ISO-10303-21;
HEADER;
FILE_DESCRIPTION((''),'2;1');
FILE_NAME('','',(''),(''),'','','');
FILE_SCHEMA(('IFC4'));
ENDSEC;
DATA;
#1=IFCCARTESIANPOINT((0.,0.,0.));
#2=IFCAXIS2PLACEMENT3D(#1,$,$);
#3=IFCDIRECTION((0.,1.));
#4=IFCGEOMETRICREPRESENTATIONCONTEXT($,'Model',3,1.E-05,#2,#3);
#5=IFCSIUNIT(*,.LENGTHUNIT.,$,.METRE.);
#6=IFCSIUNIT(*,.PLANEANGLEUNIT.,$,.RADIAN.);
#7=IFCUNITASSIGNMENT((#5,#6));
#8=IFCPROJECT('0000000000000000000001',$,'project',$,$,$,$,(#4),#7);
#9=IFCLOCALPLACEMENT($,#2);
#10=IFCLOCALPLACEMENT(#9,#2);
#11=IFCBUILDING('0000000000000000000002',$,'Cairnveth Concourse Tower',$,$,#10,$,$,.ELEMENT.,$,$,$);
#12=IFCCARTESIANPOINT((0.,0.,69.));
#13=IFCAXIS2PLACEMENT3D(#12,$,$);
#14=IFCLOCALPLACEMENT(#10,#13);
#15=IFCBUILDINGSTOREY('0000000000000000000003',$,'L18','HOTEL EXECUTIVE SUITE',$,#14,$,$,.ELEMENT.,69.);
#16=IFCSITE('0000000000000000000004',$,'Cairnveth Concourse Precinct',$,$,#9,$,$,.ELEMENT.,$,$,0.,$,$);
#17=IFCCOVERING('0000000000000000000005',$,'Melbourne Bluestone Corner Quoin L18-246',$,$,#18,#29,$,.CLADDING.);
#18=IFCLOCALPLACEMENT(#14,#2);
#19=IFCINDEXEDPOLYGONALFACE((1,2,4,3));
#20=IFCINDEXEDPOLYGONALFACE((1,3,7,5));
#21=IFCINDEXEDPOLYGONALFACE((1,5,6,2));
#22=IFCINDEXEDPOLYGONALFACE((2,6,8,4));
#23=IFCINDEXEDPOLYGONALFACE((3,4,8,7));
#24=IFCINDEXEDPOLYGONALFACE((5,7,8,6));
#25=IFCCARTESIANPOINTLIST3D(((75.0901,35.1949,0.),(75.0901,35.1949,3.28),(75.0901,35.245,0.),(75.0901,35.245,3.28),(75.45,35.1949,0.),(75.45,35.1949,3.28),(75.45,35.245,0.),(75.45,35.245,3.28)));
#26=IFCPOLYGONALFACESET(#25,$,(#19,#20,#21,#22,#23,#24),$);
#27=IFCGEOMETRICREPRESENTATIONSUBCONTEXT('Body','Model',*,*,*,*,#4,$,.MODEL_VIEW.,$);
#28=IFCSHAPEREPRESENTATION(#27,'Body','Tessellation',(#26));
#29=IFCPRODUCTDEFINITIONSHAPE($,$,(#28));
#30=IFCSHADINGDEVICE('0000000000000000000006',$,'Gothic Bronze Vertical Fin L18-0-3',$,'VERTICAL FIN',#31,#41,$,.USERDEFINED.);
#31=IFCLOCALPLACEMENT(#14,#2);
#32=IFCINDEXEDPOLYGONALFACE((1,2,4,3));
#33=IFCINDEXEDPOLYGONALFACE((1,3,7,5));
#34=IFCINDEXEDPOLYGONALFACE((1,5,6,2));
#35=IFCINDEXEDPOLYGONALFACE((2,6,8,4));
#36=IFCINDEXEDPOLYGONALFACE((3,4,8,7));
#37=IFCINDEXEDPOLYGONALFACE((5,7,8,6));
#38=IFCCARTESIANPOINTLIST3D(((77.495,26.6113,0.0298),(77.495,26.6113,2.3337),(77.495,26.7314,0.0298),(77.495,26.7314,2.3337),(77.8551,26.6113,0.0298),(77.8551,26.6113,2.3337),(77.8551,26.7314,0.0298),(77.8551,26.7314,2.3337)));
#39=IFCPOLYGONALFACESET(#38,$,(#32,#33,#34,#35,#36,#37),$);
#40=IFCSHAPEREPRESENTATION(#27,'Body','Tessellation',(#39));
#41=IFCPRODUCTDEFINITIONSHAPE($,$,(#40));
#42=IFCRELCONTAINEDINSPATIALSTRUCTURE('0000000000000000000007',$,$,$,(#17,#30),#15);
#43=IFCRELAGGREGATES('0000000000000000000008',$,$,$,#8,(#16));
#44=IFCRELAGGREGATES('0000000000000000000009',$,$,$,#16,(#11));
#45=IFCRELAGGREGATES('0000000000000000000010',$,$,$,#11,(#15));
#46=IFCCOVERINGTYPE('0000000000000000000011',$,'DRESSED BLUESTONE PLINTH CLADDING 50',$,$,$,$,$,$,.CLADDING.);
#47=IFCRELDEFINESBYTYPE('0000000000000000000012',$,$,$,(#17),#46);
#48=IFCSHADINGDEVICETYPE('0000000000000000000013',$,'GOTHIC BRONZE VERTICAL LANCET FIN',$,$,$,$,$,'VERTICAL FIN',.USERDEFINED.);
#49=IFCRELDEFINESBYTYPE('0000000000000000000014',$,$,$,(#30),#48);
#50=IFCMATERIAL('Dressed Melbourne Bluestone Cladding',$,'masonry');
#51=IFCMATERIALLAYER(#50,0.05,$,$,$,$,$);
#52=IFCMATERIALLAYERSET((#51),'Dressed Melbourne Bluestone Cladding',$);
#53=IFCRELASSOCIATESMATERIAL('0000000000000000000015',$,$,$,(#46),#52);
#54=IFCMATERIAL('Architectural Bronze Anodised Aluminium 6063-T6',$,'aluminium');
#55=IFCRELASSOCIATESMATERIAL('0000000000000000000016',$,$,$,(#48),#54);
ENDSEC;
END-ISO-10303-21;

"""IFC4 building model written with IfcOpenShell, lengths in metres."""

from ifc_helpers import new_model, si_unit, direction, frame, frame_2d, origin, origin_2d, place, context, subcontext, project, spatial, rectangle, extrude, material, layer, layer_set, type_object, element, save


model = new_model("IFC4")

# Units and contexts
model_context = context("Model", 3, precision=1e-05, world=origin(), true_north=direction((0.0, 1.0)))
body_context = subcontext(model_context, "Body", "Model", "MODEL_VIEW")
ifc_project = project(units=[si_unit("LENGTHUNIT", "METRE"), si_unit("PLANEANGLEUNIT", "RADIAN")], contexts=[model_context])

# Site, building, storey
site_placement = place(None, origin())
site = spatial("IfcSite", under=ifc_project, at=site_placement, Name="Cairnveth Concourse Precinct", CompositionType="ELEMENT", RefElevation=0.0)
building_placement = place(site_placement, origin())
building = spatial("IfcBuilding", under=site, at=building_placement, Name="Cairnveth Concourse Tower", CompositionType="ELEMENT")
storey_placement = place(building_placement, frame((0.0, 0.0, 69.0)))
storey = spatial("IfcBuildingStorey", under=building, at=storey_placement, Name="L18", Description="HOTEL EXECUTIVE SUITE", CompositionType="ELEMENT", Elevation=69.0)

# Shared definitions
ifc_material_1 = material(Name="Dressed Melbourne Bluestone Cladding", Category="masonry")

# Covering
ifc_layer_1 = layer(ifc_material_1, 0.05)
ifc_layer_set_1 = layer_set([ifc_layer_1], Name="Dressed Melbourne Bluestone Cladding")
covering_type = type_object("IfcCoveringType", Name="DRESSED BLUESTONE PLINTH CLADDING 50", PredefinedType="CLADDING", material=ifc_layer_set_1)
covering_placement = place(storey_placement, frame((75.0901, 35.22, 0.0), z_axis=(0.0, 0.0, 1.0), x_axis=(1.0, 0.0, 0.0)))
element("IfcCovering", 1, at=covering_placement, inside=storey, type_object=covering_type, Name="Melbourne Bluestone Corner Quoin L18-246", PredefinedType="CLADDING", context=body_context, shape_type="SweptSolid", body=[
    extrude(rectangle(XDim=0.3599, YDim=0.05, at=frame_2d((0.1799, 0.0))), origin(), (0.0, 0.0, 1.0), 3.28),
])

# Shading device
ifc_material_2 = material(Name="Architectural Bronze Anodised Aluminium 6063-T6", Category="aluminium")
shading_device_type = type_object("IfcShadingDeviceType", Name="GOTHIC BRONZE VERTICAL LANCET FIN", ElementType="VERTICAL FIN", PredefinedType="USERDEFINED", material=ifc_material_2)
shading_device_placement = place(storey_placement, frame((77.675, 26.6714, 0.0298), z_axis=(0.0, 0.0, 1.0), x_axis=(0.0, 1.0, 0.0)))
element("IfcShadingDevice", 2, at=shading_device_placement, inside=storey, type_object=shading_device_type, Name="Gothic Bronze Vertical Fin L18-0-3", ObjectType="VERTICAL FIN", PredefinedType="USERDEFINED", context=body_context, shape_type="SweptSolid", body=[
    extrude(rectangle(XDim=0.1201, YDim=0.3601, at=origin_2d()), origin(), (0.0, 0.0, 1.0), 2.304),
])

save(model, "model.ifc")
